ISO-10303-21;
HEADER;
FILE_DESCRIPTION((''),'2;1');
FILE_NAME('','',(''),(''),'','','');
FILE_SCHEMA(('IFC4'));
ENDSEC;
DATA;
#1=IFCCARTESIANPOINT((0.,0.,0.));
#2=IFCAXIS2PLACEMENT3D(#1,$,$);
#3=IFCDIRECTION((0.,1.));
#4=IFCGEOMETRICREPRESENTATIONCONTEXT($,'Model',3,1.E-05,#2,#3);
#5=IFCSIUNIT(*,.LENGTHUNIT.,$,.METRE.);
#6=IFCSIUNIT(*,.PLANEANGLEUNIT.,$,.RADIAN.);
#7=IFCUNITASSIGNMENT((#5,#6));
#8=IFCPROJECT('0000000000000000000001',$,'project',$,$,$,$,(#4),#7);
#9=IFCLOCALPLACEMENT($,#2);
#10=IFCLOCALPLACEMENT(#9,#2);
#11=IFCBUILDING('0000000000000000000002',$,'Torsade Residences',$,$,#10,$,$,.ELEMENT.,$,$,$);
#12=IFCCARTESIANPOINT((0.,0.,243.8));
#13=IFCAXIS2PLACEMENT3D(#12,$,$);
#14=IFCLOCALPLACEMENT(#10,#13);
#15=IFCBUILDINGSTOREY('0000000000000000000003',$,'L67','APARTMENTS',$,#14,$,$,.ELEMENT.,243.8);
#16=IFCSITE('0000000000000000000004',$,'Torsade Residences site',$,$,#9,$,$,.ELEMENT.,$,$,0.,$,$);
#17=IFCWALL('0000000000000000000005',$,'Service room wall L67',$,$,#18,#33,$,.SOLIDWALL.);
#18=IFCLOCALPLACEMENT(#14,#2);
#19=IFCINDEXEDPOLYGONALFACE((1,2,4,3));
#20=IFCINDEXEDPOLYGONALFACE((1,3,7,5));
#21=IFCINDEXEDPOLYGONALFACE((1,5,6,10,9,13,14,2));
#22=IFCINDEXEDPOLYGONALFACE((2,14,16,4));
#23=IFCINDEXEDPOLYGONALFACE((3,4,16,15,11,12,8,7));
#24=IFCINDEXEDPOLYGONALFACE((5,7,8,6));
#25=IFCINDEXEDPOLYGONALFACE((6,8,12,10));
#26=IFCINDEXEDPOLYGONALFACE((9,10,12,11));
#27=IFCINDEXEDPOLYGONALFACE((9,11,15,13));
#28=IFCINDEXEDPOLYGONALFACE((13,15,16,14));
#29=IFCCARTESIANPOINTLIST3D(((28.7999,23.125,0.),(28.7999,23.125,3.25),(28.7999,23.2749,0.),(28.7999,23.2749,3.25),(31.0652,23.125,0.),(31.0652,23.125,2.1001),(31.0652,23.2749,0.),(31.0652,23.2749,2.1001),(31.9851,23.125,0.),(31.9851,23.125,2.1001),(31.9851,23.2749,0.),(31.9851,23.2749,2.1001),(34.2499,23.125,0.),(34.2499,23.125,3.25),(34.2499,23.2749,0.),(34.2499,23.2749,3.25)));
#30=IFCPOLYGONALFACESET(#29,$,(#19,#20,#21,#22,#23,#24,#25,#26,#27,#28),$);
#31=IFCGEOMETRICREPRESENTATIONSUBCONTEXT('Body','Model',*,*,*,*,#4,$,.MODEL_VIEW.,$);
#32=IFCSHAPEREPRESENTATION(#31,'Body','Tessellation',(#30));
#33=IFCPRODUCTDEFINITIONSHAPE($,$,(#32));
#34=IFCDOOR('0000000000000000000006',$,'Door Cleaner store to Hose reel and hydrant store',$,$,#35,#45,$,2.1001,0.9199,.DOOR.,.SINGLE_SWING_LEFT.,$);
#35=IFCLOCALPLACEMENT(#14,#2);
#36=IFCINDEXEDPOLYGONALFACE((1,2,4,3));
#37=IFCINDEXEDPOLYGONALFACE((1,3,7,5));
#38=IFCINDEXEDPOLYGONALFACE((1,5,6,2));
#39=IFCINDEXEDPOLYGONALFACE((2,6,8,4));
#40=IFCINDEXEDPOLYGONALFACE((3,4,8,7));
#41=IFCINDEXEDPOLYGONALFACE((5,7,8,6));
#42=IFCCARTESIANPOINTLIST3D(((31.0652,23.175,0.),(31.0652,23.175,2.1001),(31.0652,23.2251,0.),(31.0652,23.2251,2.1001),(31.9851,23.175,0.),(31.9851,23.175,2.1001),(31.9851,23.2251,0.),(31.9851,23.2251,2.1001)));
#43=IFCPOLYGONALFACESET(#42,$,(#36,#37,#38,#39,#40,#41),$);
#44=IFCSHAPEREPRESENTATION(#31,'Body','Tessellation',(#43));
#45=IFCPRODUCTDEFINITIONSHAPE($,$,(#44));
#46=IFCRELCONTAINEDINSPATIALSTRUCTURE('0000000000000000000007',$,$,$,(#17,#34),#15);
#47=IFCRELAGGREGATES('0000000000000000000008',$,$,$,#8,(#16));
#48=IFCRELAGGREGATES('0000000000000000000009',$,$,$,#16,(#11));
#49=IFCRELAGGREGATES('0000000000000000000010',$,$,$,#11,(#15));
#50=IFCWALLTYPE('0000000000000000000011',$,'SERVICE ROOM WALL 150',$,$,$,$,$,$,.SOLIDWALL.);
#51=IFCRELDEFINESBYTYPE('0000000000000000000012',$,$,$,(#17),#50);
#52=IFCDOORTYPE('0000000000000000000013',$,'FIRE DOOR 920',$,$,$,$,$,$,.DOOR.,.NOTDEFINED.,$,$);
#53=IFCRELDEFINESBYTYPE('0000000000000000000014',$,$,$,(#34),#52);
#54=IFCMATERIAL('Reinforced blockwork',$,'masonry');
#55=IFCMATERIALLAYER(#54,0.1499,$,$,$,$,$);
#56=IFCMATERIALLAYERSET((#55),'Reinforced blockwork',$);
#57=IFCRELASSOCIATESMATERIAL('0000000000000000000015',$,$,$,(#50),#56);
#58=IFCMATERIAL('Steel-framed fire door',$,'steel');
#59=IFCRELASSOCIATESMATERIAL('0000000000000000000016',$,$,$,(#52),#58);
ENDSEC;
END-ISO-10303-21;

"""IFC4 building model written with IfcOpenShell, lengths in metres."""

from ifc_helpers import new_model, si_unit, direction, frame, frame_2d, origin, place, context, subcontext, project, spatial, rectangle, extrude, material, layer, layer_set, type_object, element, fill, save


model = new_model("IFC4")

# Units and contexts
model_context = context("Model", 3, precision=1e-05, world=origin(), true_north=direction((0.0, 1.0)))
body_context = subcontext(model_context, "Body", "Model", "MODEL_VIEW")
ifc_project = project(units=[si_unit("LENGTHUNIT", "METRE"), si_unit("PLANEANGLEUNIT", "RADIAN")], contexts=[model_context])

# Site, building, storey
site_placement = place(None, origin())
site = spatial("IfcSite", under=ifc_project, at=site_placement, Name="Torsade Residences site", CompositionType="ELEMENT", RefElevation=0.0)
building_placement = place(site_placement, origin())
building = spatial("IfcBuilding", under=site, at=building_placement, Name="Torsade Residences", CompositionType="ELEMENT")
storey_placement = place(building_placement, frame((0.0, 0.0, 243.8)))
storey = spatial("IfcBuildingStorey", under=building, at=storey_placement, Name="L67", Description="APARTMENTS", CompositionType="ELEMENT", Elevation=243.8)

# Shared definitions
ifc_material_1 = material(Name="Reinforced blockwork", Category="masonry")
ifc_layer_1 = layer(ifc_material_1, 0.1499)
ifc_layer_set_1 = layer_set([ifc_layer_1], Name="Reinforced blockwork")
wall_type_1 = type_object("IfcWallType", Name="SERVICE ROOM WALL 150", PredefinedType="SOLIDWALL", material=ifc_layer_set_1)

# Wall, opening, door
wall_1_placement = place(storey_placement, frame((34.25, 23.2, 0.0), z_axis=(0.0, 0.0, 1.0), x_axis=(-1.0, 0.0, 0.0)))
wall_1 = element("IfcWall", 1, at=wall_1_placement, inside=storey, type_object=wall_type_1, Name="Service room wall L67", PredefinedType="SOLIDWALL", context=body_context, shape_type="SweptSolid", body=[
    extrude(rectangle(XDim=5.45, YDim=0.1499, at=frame_2d((2.7251, 0.0))), origin(), (0.0, 0.0, 1.0), 3.25),
])
opening_1_placement = place(wall_1_placement, frame((2.2649, 0.0, 0.0)))
opening_1 = element("IfcOpeningElement", 2, at=opening_1_placement, cuts=wall_1, PredefinedType="OPENING", context=body_context, shape_type="SweptSolid", body=[
    extrude(rectangle(XDim=0.9199, YDim=2.1001, at=frame_2d((0.46, 1.05))), frame((0.0, 0.085, 0.0), z_axis=(0.0, -1.0, 0.0), x_axis=(1.0, 0.0, 0.0)), (0.0, 0.0, 1.0), 0.1699),
])
ifc_material_2 = material(Name="Steel-framed fire door", Category="steel")
door_type_1 = type_object("IfcDoorType", Name="FIRE DOOR 920", OperationType="NOTDEFINED", PredefinedType="DOOR", material=ifc_material_2)
door_1_placement = place(opening_1_placement, origin())
door_1 = element("IfcDoor", 3, at=door_1_placement, inside=storey, type_object=door_type_1, Name="Door Cleaner store to Hose reel and hydrant store", OperationType="SINGLE_SWING_LEFT", OverallHeight=2.1001, OverallWidth=0.9199, PredefinedType="DOOR", context=body_context, shape_type="SweptSolid", body=[
    extrude(rectangle(XDim=0.9199, YDim=2.1001, at=frame_2d((0.46, 1.05))), frame((0.0, 0.0249, 0.0), z_axis=(0.0, -1.0, 0.0), x_axis=(1.0, 0.0, 0.0)), (0.0, 0.0, 1.0), 0.05),
])
fill(opening_1, door_1)

save(model, "model.ifc")
